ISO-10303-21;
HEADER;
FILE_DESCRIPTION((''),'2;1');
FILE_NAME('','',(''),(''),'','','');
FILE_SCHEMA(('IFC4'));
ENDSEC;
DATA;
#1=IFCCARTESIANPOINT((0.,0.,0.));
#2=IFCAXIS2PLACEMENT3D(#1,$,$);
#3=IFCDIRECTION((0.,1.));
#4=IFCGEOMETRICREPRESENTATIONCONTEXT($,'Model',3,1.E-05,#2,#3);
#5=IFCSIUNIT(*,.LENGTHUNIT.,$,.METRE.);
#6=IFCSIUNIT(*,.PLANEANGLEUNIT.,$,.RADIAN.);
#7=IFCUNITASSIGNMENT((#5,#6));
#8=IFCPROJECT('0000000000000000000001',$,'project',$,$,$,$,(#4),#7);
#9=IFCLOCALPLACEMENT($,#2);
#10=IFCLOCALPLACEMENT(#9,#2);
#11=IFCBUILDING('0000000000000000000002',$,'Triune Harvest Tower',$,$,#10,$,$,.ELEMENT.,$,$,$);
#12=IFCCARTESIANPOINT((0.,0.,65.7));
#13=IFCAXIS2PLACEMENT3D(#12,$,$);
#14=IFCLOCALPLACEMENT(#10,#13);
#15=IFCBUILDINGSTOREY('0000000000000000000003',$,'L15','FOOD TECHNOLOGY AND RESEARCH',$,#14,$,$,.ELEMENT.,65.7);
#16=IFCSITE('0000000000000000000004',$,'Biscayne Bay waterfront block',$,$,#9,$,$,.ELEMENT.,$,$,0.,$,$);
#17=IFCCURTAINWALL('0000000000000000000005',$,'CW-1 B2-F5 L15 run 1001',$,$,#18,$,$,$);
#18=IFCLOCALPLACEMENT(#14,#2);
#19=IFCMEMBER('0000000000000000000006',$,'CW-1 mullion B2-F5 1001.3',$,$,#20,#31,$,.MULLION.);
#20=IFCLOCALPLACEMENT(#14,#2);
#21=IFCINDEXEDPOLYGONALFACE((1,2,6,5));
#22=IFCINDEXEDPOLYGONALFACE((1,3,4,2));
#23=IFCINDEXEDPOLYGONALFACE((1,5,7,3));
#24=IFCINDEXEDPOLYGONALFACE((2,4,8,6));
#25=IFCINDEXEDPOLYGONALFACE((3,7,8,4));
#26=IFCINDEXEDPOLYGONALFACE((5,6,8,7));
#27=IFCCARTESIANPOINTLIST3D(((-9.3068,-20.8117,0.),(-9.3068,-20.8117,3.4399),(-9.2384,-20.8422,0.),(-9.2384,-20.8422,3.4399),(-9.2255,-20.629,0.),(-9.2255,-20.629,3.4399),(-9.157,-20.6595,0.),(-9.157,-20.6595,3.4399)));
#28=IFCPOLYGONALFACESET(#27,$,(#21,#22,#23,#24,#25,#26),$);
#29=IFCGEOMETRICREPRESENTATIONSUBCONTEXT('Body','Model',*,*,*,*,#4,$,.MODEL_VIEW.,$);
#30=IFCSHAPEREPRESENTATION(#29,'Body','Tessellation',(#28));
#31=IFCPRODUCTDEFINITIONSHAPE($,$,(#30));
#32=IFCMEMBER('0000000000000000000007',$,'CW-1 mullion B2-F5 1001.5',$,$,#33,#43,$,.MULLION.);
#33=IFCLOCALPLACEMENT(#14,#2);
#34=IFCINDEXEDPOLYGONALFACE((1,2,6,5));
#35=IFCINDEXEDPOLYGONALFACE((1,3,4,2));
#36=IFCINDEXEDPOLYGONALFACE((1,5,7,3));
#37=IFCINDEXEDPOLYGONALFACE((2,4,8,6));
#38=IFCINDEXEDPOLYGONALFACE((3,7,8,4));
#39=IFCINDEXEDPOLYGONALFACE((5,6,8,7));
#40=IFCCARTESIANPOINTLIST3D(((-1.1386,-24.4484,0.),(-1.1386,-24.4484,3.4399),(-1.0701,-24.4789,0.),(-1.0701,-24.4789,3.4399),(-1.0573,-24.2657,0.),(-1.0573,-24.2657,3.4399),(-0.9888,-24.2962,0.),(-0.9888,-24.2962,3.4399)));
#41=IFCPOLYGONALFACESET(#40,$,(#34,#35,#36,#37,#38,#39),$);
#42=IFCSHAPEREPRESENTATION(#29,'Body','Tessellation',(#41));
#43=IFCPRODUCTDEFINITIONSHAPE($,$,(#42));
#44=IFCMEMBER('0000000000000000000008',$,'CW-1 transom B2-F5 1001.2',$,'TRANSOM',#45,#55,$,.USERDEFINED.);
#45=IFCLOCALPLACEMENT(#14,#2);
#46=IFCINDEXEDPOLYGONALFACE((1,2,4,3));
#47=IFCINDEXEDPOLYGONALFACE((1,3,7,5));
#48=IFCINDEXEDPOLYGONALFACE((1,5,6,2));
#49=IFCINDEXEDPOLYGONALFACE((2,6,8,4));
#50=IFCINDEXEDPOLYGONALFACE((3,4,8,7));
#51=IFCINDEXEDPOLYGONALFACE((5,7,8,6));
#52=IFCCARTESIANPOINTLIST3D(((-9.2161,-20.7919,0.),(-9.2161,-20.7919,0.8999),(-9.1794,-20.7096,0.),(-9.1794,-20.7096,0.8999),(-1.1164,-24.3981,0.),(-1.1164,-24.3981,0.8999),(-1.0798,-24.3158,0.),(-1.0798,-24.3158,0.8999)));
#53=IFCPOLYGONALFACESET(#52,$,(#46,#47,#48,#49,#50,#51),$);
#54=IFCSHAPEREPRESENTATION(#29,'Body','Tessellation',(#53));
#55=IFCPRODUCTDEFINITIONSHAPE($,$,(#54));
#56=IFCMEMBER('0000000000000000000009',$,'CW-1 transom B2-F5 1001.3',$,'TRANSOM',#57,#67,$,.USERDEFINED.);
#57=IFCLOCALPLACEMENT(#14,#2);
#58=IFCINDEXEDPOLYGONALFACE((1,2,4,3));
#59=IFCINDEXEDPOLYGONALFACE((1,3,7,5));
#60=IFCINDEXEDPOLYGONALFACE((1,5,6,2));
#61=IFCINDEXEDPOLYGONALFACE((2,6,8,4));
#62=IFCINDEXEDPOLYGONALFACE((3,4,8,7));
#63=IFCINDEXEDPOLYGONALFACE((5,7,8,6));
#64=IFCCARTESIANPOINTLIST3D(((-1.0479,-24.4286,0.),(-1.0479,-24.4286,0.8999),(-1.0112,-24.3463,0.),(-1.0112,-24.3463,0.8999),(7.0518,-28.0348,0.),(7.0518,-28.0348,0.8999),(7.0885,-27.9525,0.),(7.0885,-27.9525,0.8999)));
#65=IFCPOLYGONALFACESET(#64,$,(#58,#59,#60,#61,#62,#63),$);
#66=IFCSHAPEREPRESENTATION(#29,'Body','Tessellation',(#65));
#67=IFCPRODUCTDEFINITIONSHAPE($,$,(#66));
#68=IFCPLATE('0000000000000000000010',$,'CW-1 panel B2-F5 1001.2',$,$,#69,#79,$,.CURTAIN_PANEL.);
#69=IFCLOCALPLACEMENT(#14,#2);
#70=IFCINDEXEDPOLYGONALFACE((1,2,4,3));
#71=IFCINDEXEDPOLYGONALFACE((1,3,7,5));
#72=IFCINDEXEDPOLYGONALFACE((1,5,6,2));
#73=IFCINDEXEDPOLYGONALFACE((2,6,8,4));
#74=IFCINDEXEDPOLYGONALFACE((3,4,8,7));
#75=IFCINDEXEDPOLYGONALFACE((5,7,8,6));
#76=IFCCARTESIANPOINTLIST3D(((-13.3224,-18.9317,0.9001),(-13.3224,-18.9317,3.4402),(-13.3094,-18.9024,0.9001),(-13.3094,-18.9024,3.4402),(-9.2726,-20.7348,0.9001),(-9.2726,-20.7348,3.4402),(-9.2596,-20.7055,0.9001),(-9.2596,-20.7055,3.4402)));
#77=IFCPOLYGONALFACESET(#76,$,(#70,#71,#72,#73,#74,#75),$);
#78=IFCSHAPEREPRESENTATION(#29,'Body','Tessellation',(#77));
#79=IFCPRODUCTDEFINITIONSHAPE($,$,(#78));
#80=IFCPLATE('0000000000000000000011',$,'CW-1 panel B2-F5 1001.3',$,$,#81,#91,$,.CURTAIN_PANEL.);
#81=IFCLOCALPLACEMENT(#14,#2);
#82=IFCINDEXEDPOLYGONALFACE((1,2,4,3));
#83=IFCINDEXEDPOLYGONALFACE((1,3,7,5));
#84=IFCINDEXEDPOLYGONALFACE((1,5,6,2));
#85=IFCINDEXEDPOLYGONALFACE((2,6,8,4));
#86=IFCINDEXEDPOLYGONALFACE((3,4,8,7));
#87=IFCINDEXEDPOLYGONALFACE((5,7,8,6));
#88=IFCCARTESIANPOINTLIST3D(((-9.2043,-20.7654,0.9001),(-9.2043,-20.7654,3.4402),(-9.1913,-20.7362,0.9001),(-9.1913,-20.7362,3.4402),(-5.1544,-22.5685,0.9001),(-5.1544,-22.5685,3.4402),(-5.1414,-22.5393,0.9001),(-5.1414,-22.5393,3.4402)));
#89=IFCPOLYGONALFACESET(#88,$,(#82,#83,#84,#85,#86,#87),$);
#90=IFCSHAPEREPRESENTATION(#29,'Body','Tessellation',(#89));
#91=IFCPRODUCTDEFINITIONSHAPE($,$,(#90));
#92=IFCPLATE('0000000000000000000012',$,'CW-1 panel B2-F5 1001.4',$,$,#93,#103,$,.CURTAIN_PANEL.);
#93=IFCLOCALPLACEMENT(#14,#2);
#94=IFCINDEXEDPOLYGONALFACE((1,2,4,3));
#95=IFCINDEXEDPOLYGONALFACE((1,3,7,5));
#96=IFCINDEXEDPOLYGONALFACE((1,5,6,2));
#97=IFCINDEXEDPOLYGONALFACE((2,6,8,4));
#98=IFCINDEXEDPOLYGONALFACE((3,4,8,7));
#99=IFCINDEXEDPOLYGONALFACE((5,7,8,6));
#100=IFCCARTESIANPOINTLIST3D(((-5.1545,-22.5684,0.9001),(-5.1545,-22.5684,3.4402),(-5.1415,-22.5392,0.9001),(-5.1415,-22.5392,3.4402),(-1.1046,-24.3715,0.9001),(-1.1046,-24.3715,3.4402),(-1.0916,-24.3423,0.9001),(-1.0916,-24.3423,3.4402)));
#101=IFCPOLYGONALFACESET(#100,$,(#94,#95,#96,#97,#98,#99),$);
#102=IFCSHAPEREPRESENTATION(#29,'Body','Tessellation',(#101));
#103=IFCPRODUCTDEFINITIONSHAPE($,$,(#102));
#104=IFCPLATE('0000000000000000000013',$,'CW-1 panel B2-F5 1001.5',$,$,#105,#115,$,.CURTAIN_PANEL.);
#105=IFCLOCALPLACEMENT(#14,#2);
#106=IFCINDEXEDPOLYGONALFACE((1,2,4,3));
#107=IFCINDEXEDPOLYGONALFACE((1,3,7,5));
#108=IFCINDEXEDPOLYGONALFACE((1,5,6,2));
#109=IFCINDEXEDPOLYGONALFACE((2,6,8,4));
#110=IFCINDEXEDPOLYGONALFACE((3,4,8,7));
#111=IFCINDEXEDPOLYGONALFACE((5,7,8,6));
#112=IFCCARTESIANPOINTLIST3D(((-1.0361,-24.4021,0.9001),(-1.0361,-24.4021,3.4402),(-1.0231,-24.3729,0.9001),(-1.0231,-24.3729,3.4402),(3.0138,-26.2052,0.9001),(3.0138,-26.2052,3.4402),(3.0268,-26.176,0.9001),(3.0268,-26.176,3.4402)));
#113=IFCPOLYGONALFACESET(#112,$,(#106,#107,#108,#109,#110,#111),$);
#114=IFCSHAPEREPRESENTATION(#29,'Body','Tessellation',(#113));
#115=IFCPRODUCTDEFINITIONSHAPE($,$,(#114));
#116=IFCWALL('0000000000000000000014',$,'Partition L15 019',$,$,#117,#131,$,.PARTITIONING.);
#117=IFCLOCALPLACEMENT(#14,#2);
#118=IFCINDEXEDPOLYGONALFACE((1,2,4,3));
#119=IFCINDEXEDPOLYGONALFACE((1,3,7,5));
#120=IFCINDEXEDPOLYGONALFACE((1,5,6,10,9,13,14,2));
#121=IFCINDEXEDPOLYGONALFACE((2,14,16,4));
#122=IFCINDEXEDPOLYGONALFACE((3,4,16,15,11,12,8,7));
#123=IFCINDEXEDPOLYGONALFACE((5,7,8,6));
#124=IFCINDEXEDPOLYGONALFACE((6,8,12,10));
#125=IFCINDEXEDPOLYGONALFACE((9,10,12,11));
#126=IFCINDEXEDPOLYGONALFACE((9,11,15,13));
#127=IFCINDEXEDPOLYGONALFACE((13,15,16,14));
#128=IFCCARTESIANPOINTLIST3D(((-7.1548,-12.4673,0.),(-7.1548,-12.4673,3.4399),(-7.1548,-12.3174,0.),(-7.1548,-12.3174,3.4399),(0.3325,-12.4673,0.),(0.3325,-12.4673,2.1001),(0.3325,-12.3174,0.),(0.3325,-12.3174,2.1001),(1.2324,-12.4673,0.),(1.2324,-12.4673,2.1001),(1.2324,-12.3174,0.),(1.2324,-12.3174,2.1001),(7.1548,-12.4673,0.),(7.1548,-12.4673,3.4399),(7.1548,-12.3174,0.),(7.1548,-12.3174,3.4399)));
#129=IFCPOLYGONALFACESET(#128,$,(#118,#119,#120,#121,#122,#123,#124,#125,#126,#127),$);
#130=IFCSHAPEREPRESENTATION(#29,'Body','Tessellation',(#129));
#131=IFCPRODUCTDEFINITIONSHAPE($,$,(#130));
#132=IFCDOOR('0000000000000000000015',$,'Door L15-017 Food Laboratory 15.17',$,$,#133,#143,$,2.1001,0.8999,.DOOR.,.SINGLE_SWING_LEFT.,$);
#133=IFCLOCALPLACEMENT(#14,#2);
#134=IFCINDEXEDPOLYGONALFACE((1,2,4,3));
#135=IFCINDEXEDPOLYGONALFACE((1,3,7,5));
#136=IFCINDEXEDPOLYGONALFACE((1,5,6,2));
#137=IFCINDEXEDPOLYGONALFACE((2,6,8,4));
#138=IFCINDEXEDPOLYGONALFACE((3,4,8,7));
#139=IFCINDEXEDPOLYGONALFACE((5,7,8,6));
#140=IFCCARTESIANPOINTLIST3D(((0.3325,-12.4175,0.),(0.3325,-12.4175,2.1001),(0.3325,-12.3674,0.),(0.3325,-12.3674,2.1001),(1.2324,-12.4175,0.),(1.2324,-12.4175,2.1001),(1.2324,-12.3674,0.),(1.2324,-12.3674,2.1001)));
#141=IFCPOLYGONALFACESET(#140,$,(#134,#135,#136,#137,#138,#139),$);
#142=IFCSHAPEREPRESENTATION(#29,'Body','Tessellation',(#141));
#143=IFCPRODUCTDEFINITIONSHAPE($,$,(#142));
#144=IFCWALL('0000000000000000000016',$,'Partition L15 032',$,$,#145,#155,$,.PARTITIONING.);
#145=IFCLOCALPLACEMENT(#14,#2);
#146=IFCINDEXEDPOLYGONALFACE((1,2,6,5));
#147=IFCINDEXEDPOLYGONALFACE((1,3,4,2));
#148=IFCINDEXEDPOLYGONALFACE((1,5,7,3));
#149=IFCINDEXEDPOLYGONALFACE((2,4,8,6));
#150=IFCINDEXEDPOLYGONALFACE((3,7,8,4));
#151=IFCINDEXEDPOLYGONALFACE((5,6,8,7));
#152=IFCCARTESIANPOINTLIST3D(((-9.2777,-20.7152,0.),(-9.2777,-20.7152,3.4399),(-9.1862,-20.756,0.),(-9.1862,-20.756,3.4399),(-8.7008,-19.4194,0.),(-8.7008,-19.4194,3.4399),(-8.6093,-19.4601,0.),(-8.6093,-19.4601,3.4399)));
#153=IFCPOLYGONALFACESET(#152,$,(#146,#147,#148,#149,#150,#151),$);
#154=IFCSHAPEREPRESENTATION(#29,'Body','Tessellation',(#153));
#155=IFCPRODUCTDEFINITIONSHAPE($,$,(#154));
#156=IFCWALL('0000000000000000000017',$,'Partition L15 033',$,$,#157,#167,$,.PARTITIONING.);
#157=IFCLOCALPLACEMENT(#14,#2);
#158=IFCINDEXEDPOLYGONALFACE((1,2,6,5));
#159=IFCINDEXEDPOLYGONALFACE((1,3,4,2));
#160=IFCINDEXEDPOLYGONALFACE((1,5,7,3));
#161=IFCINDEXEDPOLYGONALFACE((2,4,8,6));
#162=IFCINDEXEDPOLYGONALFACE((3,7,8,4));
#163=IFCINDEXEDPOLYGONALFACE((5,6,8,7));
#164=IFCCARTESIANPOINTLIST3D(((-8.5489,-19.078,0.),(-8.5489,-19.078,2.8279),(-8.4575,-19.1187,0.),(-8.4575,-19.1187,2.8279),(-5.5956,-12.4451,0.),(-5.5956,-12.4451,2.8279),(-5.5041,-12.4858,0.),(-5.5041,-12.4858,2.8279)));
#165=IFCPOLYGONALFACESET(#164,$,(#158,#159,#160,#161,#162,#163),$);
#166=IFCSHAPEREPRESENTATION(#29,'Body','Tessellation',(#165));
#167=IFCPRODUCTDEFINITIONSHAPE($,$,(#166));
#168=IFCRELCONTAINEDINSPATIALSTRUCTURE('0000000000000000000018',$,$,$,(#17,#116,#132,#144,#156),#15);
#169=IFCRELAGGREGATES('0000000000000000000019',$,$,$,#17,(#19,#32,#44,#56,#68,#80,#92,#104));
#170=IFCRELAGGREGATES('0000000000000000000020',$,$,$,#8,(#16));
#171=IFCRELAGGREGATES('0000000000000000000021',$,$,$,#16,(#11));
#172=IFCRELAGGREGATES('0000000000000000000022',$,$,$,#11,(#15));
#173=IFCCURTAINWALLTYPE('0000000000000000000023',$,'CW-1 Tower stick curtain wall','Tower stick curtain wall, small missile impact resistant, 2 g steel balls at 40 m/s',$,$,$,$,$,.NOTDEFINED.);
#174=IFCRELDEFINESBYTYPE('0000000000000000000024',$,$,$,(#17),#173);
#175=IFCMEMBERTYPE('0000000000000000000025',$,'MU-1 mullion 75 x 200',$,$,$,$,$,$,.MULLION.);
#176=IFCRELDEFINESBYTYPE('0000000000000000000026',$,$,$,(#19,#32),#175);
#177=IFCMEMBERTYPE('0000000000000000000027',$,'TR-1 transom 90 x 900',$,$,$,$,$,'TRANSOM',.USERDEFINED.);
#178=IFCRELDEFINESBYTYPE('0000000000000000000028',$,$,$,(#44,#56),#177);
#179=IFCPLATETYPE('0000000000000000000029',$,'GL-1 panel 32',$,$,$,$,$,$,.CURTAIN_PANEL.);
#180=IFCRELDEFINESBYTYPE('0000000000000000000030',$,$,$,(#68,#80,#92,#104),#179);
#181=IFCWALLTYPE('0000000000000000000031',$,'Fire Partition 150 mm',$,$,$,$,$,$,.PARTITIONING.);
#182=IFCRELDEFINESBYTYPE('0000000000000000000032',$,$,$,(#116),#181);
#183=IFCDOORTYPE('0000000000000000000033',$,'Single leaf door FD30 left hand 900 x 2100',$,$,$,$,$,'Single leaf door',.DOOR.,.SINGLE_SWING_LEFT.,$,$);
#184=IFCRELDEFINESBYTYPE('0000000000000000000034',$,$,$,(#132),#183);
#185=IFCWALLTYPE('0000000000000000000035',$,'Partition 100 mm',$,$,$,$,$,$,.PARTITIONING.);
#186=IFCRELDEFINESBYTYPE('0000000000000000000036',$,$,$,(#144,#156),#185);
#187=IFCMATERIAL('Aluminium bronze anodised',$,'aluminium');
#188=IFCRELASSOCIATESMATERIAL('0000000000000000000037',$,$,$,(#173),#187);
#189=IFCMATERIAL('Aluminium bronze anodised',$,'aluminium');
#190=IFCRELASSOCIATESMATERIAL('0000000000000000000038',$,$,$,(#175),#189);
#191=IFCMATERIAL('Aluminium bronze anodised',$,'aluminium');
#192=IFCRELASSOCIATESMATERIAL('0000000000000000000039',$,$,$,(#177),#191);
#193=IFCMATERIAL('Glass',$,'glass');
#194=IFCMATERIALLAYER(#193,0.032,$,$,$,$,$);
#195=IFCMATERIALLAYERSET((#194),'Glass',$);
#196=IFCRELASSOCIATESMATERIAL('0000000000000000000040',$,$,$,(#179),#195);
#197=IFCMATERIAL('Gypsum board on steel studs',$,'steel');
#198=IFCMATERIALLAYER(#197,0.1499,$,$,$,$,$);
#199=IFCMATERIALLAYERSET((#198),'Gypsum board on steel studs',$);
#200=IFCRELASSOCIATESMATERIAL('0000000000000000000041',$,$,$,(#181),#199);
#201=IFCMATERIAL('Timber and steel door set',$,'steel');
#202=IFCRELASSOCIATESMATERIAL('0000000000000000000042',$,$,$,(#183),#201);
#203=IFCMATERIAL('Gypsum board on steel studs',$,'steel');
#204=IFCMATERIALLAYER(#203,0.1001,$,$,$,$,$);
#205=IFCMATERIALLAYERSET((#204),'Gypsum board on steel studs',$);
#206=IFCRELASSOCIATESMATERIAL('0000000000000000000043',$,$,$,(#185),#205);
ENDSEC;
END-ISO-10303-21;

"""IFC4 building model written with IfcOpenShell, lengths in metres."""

from ifc_helpers import new_model, si_unit, direction, frame, frame_2d, origin, origin_2d, place, context, subcontext, project, spatial, rectangle, extrude, source, transform, mapped, material, layer, layer_set, material_profile, profile_set, type_object, element, fill, aggregate, save


model = new_model("IFC4")

# Units and contexts
model_context = context("Model", 3, precision=1e-05, world=origin(), true_north=direction((0.0, 1.0)))
body_context = subcontext(model_context, "Body", "Model", "MODEL_VIEW")
ifc_project = project(units=[si_unit("LENGTHUNIT", "METRE"), si_unit("PLANEANGLEUNIT", "RADIAN")], contexts=[model_context])

# Site, building, storey
site_placement = place(None, origin())
site = spatial("IfcSite", under=ifc_project, at=site_placement, Name="Biscayne Bay waterfront block", CompositionType="ELEMENT", RefElevation=0.0)
building_placement = place(site_placement, origin())
building = spatial("IfcBuilding", under=site, at=building_placement, Name="Triune Harvest Tower", CompositionType="ELEMENT")
storey_placement = place(building_placement, frame((0.0, 0.0, 65.7)))
storey = spatial("IfcBuildingStorey", under=building, at=storey_placement, Name="L15", Description="FOOD TECHNOLOGY AND RESEARCH", CompositionType="ELEMENT", Elevation=65.7)

# Curtain wall, members, plates
ifc_material_1 = material(Name="Aluminium bronze anodised", Category="aluminium")
curtain_wall_type = type_object("IfcCurtainWallType", Name="CW-1 Tower stick curtain wall", Description="Tower stick curtain wall, small missile impact resistant, 2 g steel balls at 40 m/s", PredefinedType="NOTDEFINED", material=ifc_material_1)
curtain_wall_placement = place(storey_placement, origin())
curtain_wall = element("IfcCurtainWall", 1, at=curtain_wall_placement, inside=storey, type_object=curtain_wall_type, Name="CW-1 B2-F5 L15 run 1001")
ifc_material_2 = material(Name="Aluminium bronze anodised", Category="aluminium")
ifc_material_profile_1 = material_profile(ifc_material_2, rectangle(XDim=0.2, YDim=0.075, at=origin_2d()), Name="MU-1 mullion 75 x 200")
ifc_profile_set_1 = profile_set([ifc_material_profile_1], Name="Aluminium bronze anodised")
member_type_1 = type_object("IfcMemberType", Name="MU-1 mullion 75 x 200", PredefinedType="MULLION", material=ifc_profile_set_1)
shared_shape_1 = source(origin(), body_context, "Body", "SweptSolid", [
    extrude(rectangle(XDim=0.2, YDim=0.075, at=origin_2d()), origin(), (0.0, 0.0, 1.0), 3.4399),
])
member_1_placement = place(storey_placement, frame((-9.2319, -20.7356, 0.0), z_axis=(0.0, 0.0, 1.0), x_axis=(0.406737, 0.913545, 0.0)))
member_1 = element("IfcMember", 2, at=member_1_placement, type_object=member_type_1, Name="CW-1 mullion B2-F5 1001.3", PredefinedType="MULLION", context=body_context, shape_type="MappedRepresentation", body=[
    mapped(shared_shape_1, transform((0.0, 0.0, 0.0), scale=1.0)),
])
member_2_placement = place(storey_placement, frame((-1.0637, -24.3723, 0.0), z_axis=(0.0, 0.0, 1.0), x_axis=(0.406737, 0.913545, 0.0)))
member_2 = element("IfcMember", 3, at=member_2_placement, type_object=member_type_1, Name="CW-1 mullion B2-F5 1001.5", PredefinedType="MULLION", context=body_context, shape_type="MappedRepresentation", body=[
    mapped(shared_shape_1, transform((0.0, 0.0, 0.0), scale=1.0)),
])
ifc_material_3 = material(Name="Aluminium bronze anodised", Category="aluminium")
ifc_material_profile_2 = material_profile(ifc_material_3, rectangle(XDim=0.0901, YDim=0.8999, at=origin_2d()), Name="TR-1 transom 90 x 900")
ifc_profile_set_2 = profile_set([ifc_material_profile_2], Name="Aluminium bronze anodised")
member_type_2 = type_object("IfcMemberType", Name="TR-1 transom 90 x 900", ElementType="TRANSOM", PredefinedType="USERDEFINED", material=ifc_profile_set_2)
shared_shape_2 = source(origin(), body_context, "Body", "SweptSolid", [
    extrude(rectangle(XDim=0.0901, YDim=0.8999, at=origin_2d()), origin(), (0.0, 0.0, 1.0), 8.8662),
])
member_3_placement = place(storey_placement, frame((-9.1978, -20.7507, 0.45), z_axis=(0.913545, -0.406739, 0.0), x_axis=(0.406739, 0.913545, 0.0)))
member_3 = element("IfcMember", 4, at=member_3_placement, type_object=member_type_2, Name="CW-1 transom B2-F5 1001.2", ObjectType="TRANSOM", PredefinedType="USERDEFINED", context=body_context, shape_type="MappedRepresentation", body=[
    mapped(shared_shape_2, transform((0.0, 0.0, 0.0), scale=1.0)),
])
member_4_placement = place(storey_placement, frame((-1.0295, -24.3875, 0.45), z_axis=(0.913545, -0.406739, 0.0), x_axis=(0.406739, 0.913545, 0.0)))
member_4 = element("IfcMember", 5, at=member_4_placement, type_object=member_type_2, Name="CW-1 transom B2-F5 1001.3", ObjectType="TRANSOM", PredefinedType="USERDEFINED", context=body_context, shape_type="MappedRepresentation", body=[
    mapped(shared_shape_2, transform((0.0, 0.0, 0.0), scale=1.0)),
])
ifc_material_4 = material(Name="Glass", Category="glass")
ifc_layer_1 = layer(ifc_material_4, 0.032)
ifc_layer_set_1 = layer_set([ifc_layer_1], Name="Glass")
plate_type = type_object("IfcPlateType", Name="GL-1 panel 32", PredefinedType="CURTAIN_PANEL", material=ifc_layer_set_1)
shared_shape_3 = source(origin(), body_context, "Body", "SweptSolid", [
    extrude(rectangle(XDim=4.4331, YDim=0.032, at=origin_2d()), origin(), (0.0, 0.0, 1.0), 2.54),
])
plate_1_placement = place(storey_placement, frame((-11.291, -19.8186, 0.9001), z_axis=(0.0, 0.0, 1.0), x_axis=(0.913545, -0.406737, 0.0)))
plate_1 = element("IfcPlate", 6, at=plate_1_placement, type_object=plate_type, Name="CW-1 panel B2-F5 1001.2", PredefinedType="CURTAIN_PANEL", context=body_context, shape_type="MappedRepresentation", body=[
    mapped(shared_shape_3, transform((0.0, 0.0, 0.0), scale=1.0)),
])
plate_2_placement = place(storey_placement, frame((-7.1729, -21.6523, 0.9001), z_axis=(0.0, 0.0, 1.0), x_axis=(0.913545, -0.406737, 0.0)))
plate_2 = element("IfcPlate", 7, at=plate_2_placement, type_object=plate_type, Name="CW-1 panel B2-F5 1001.3", PredefinedType="CURTAIN_PANEL", context=body_context, shape_type="MappedRepresentation", body=[
    mapped(shared_shape_3, transform((0.0, 0.0, 0.0), scale=1.0)),
])
plate_3_placement = place(storey_placement, frame((-3.123, -23.4553, 0.9001), z_axis=(0.0, 0.0, 1.0), x_axis=(0.913545, -0.406737, 0.0)))
plate_3 = element("IfcPlate", 8, at=plate_3_placement, type_object=plate_type, Name="CW-1 panel B2-F5 1001.4", PredefinedType="CURTAIN_PANEL", context=body_context, shape_type="MappedRepresentation", body=[
    mapped(shared_shape_3, transform((0.0, 0.0, 0.0), scale=1.0)),
])
plate_4_placement = place(storey_placement, frame((0.9954, -25.2891, 0.9001), z_axis=(0.0, 0.0, 1.0), x_axis=(0.913545, -0.406737, 0.0)))
plate_4 = element("IfcPlate", 9, at=plate_4_placement, type_object=plate_type, Name="CW-1 panel B2-F5 1001.5", PredefinedType="CURTAIN_PANEL", context=body_context, shape_type="MappedRepresentation", body=[
    mapped(shared_shape_3, transform((0.0, 0.0, 0.0), scale=1.0)),
])
aggregate(curtain_wall, [member_1, member_2, member_3, member_4, plate_1, plate_2, plate_3, plate_4])

# Wall, opening, door
ifc_material_5 = material(Name="Gypsum board on steel studs", Category="steel")
ifc_layer_2 = layer(ifc_material_5, 0.1499)
ifc_layer_set_2 = layer_set([ifc_layer_2], Name="Gypsum board on steel studs")
wall_type_1 = type_object("IfcWallType", Name="Fire Partition 150 mm", PredefinedType="PARTITIONING", material=ifc_layer_set_2)
shared_shape_4 = source(origin(), body_context, "Body", "SweptSolid", [
    extrude(rectangle(XDim=14.3096, YDim=0.1499, at=frame_2d((7.1548, 0.0))), origin(), (0.0, 0.0, 1.0), 3.4399),
])
wall_1_placement = place(storey_placement, frame((-7.1548, -12.3923, 0.0), z_axis=(0.0, 0.0, 1.0), x_axis=(1.0, 0.0, 0.0)))
wall_1 = element("IfcWall", 10, at=wall_1_placement, inside=storey, type_object=wall_type_1, Name="Partition L15 019", PredefinedType="PARTITIONING", context=body_context, shape_type="MappedRepresentation", body=[
    mapped(shared_shape_4, transform((0.0, 0.0, 0.0), scale=1.0)),
])
opening_1_placement = place(wall_1_placement, frame((7.4873, 0.0, 0.0)))
opening_1 = element("IfcOpeningElement", 11, at=opening_1_placement, cuts=wall_1, PredefinedType="OPENING", context=body_context, shape_type="SweptSolid", body=[
    extrude(rectangle(XDim=0.8999, YDim=2.1001, at=frame_2d((0.45, 1.05))), frame((0.0, 0.085, 0.0), z_axis=(0.0, -1.0, 0.0), x_axis=(1.0, 0.0, 0.0)), (0.0, 0.0, 1.0), 0.1699),
])
ifc_material_6 = material(Name="Timber and steel door set", Category="steel")
door_type = type_object("IfcDoorType", Name="Single leaf door FD30 left hand 900 x 2100", ElementType="Single leaf door", OperationType="SINGLE_SWING_LEFT", PredefinedType="DOOR", material=ifc_material_6)
door_1_placement = place(opening_1_placement, origin())
door_1 = element("IfcDoor", 12, at=door_1_placement, inside=storey, type_object=door_type, Name="Door L15-017 Food Laboratory 15.17", OperationType="SINGLE_SWING_LEFT", OverallHeight=2.1001, OverallWidth=0.8999, PredefinedType="DOOR", context=body_context, shape_type="SweptSolid", body=[
    extrude(rectangle(XDim=0.8999, YDim=2.1001, at=frame_2d((0.45, 1.05))), frame((0.0, 0.0249, 0.0), z_axis=(0.0, -1.0, 0.0), x_axis=(1.0, 0.0, 0.0)), (0.0, 0.0, 1.0), 0.05),
])
fill(opening_1, door_1)

# Walls
ifc_material_7 = material(Name="Gypsum board on steel studs", Category="steel")
ifc_layer_3 = layer(ifc_material_7, 0.1001)
ifc_layer_set_3 = layer_set([ifc_layer_3], Name="Gypsum board on steel studs")
wall_type_2 = type_object("IfcWallType", Name="Partition 100 mm", PredefinedType="PARTITIONING", material=ifc_layer_set_3)
shared_shape_5 = source(origin(), body_context, "Body", "SweptSolid", [
    extrude(rectangle(XDim=1.4185, YDim=0.1001, at=frame_2d((0.7092, 0.0))), origin(), (0.0, 0.0, 1.0), 3.4399),
])
wall_2_placement = place(storey_placement, frame((-9.2319, -20.7356, 0.0), z_axis=(0.0, 0.0, 1.0), x_axis=(0.406697, 0.913563, 0.0)))
element("IfcWall", 13, at=wall_2_placement, inside=storey, type_object=wall_type_2, Name="Partition L15 032", PredefinedType="PARTITIONING", context=body_context, shape_type="MappedRepresentation", body=[
    mapped(shared_shape_5, transform((0.0, 0.0, 0.0), scale=1.0)),
])
shared_shape_6 = source(origin(), body_context, "Body", "SweptSolid", [
    extrude(rectangle(XDim=7.2607, YDim=0.1001, at=frame_2d((3.6304, 0.0))), origin(), (0.0, 0.0, 1.0), 2.8279),
])
wall_3_placement = place(storey_placement, frame((-8.5032, -19.0984, 0.0), z_axis=(0.0, 0.0, 1.0), x_axis=(0.406753, 0.913538, 0.0)))
element("IfcWall", 14, at=wall_3_placement, inside=storey, type_object=wall_type_2, Name="Partition L15 033", PredefinedType="PARTITIONING", context=body_context, shape_type="MappedRepresentation", body=[
    mapped(shared_shape_6, transform((0.0, 0.0, 0.0), scale=1.0)),
])

save(model, "model.ifc")
